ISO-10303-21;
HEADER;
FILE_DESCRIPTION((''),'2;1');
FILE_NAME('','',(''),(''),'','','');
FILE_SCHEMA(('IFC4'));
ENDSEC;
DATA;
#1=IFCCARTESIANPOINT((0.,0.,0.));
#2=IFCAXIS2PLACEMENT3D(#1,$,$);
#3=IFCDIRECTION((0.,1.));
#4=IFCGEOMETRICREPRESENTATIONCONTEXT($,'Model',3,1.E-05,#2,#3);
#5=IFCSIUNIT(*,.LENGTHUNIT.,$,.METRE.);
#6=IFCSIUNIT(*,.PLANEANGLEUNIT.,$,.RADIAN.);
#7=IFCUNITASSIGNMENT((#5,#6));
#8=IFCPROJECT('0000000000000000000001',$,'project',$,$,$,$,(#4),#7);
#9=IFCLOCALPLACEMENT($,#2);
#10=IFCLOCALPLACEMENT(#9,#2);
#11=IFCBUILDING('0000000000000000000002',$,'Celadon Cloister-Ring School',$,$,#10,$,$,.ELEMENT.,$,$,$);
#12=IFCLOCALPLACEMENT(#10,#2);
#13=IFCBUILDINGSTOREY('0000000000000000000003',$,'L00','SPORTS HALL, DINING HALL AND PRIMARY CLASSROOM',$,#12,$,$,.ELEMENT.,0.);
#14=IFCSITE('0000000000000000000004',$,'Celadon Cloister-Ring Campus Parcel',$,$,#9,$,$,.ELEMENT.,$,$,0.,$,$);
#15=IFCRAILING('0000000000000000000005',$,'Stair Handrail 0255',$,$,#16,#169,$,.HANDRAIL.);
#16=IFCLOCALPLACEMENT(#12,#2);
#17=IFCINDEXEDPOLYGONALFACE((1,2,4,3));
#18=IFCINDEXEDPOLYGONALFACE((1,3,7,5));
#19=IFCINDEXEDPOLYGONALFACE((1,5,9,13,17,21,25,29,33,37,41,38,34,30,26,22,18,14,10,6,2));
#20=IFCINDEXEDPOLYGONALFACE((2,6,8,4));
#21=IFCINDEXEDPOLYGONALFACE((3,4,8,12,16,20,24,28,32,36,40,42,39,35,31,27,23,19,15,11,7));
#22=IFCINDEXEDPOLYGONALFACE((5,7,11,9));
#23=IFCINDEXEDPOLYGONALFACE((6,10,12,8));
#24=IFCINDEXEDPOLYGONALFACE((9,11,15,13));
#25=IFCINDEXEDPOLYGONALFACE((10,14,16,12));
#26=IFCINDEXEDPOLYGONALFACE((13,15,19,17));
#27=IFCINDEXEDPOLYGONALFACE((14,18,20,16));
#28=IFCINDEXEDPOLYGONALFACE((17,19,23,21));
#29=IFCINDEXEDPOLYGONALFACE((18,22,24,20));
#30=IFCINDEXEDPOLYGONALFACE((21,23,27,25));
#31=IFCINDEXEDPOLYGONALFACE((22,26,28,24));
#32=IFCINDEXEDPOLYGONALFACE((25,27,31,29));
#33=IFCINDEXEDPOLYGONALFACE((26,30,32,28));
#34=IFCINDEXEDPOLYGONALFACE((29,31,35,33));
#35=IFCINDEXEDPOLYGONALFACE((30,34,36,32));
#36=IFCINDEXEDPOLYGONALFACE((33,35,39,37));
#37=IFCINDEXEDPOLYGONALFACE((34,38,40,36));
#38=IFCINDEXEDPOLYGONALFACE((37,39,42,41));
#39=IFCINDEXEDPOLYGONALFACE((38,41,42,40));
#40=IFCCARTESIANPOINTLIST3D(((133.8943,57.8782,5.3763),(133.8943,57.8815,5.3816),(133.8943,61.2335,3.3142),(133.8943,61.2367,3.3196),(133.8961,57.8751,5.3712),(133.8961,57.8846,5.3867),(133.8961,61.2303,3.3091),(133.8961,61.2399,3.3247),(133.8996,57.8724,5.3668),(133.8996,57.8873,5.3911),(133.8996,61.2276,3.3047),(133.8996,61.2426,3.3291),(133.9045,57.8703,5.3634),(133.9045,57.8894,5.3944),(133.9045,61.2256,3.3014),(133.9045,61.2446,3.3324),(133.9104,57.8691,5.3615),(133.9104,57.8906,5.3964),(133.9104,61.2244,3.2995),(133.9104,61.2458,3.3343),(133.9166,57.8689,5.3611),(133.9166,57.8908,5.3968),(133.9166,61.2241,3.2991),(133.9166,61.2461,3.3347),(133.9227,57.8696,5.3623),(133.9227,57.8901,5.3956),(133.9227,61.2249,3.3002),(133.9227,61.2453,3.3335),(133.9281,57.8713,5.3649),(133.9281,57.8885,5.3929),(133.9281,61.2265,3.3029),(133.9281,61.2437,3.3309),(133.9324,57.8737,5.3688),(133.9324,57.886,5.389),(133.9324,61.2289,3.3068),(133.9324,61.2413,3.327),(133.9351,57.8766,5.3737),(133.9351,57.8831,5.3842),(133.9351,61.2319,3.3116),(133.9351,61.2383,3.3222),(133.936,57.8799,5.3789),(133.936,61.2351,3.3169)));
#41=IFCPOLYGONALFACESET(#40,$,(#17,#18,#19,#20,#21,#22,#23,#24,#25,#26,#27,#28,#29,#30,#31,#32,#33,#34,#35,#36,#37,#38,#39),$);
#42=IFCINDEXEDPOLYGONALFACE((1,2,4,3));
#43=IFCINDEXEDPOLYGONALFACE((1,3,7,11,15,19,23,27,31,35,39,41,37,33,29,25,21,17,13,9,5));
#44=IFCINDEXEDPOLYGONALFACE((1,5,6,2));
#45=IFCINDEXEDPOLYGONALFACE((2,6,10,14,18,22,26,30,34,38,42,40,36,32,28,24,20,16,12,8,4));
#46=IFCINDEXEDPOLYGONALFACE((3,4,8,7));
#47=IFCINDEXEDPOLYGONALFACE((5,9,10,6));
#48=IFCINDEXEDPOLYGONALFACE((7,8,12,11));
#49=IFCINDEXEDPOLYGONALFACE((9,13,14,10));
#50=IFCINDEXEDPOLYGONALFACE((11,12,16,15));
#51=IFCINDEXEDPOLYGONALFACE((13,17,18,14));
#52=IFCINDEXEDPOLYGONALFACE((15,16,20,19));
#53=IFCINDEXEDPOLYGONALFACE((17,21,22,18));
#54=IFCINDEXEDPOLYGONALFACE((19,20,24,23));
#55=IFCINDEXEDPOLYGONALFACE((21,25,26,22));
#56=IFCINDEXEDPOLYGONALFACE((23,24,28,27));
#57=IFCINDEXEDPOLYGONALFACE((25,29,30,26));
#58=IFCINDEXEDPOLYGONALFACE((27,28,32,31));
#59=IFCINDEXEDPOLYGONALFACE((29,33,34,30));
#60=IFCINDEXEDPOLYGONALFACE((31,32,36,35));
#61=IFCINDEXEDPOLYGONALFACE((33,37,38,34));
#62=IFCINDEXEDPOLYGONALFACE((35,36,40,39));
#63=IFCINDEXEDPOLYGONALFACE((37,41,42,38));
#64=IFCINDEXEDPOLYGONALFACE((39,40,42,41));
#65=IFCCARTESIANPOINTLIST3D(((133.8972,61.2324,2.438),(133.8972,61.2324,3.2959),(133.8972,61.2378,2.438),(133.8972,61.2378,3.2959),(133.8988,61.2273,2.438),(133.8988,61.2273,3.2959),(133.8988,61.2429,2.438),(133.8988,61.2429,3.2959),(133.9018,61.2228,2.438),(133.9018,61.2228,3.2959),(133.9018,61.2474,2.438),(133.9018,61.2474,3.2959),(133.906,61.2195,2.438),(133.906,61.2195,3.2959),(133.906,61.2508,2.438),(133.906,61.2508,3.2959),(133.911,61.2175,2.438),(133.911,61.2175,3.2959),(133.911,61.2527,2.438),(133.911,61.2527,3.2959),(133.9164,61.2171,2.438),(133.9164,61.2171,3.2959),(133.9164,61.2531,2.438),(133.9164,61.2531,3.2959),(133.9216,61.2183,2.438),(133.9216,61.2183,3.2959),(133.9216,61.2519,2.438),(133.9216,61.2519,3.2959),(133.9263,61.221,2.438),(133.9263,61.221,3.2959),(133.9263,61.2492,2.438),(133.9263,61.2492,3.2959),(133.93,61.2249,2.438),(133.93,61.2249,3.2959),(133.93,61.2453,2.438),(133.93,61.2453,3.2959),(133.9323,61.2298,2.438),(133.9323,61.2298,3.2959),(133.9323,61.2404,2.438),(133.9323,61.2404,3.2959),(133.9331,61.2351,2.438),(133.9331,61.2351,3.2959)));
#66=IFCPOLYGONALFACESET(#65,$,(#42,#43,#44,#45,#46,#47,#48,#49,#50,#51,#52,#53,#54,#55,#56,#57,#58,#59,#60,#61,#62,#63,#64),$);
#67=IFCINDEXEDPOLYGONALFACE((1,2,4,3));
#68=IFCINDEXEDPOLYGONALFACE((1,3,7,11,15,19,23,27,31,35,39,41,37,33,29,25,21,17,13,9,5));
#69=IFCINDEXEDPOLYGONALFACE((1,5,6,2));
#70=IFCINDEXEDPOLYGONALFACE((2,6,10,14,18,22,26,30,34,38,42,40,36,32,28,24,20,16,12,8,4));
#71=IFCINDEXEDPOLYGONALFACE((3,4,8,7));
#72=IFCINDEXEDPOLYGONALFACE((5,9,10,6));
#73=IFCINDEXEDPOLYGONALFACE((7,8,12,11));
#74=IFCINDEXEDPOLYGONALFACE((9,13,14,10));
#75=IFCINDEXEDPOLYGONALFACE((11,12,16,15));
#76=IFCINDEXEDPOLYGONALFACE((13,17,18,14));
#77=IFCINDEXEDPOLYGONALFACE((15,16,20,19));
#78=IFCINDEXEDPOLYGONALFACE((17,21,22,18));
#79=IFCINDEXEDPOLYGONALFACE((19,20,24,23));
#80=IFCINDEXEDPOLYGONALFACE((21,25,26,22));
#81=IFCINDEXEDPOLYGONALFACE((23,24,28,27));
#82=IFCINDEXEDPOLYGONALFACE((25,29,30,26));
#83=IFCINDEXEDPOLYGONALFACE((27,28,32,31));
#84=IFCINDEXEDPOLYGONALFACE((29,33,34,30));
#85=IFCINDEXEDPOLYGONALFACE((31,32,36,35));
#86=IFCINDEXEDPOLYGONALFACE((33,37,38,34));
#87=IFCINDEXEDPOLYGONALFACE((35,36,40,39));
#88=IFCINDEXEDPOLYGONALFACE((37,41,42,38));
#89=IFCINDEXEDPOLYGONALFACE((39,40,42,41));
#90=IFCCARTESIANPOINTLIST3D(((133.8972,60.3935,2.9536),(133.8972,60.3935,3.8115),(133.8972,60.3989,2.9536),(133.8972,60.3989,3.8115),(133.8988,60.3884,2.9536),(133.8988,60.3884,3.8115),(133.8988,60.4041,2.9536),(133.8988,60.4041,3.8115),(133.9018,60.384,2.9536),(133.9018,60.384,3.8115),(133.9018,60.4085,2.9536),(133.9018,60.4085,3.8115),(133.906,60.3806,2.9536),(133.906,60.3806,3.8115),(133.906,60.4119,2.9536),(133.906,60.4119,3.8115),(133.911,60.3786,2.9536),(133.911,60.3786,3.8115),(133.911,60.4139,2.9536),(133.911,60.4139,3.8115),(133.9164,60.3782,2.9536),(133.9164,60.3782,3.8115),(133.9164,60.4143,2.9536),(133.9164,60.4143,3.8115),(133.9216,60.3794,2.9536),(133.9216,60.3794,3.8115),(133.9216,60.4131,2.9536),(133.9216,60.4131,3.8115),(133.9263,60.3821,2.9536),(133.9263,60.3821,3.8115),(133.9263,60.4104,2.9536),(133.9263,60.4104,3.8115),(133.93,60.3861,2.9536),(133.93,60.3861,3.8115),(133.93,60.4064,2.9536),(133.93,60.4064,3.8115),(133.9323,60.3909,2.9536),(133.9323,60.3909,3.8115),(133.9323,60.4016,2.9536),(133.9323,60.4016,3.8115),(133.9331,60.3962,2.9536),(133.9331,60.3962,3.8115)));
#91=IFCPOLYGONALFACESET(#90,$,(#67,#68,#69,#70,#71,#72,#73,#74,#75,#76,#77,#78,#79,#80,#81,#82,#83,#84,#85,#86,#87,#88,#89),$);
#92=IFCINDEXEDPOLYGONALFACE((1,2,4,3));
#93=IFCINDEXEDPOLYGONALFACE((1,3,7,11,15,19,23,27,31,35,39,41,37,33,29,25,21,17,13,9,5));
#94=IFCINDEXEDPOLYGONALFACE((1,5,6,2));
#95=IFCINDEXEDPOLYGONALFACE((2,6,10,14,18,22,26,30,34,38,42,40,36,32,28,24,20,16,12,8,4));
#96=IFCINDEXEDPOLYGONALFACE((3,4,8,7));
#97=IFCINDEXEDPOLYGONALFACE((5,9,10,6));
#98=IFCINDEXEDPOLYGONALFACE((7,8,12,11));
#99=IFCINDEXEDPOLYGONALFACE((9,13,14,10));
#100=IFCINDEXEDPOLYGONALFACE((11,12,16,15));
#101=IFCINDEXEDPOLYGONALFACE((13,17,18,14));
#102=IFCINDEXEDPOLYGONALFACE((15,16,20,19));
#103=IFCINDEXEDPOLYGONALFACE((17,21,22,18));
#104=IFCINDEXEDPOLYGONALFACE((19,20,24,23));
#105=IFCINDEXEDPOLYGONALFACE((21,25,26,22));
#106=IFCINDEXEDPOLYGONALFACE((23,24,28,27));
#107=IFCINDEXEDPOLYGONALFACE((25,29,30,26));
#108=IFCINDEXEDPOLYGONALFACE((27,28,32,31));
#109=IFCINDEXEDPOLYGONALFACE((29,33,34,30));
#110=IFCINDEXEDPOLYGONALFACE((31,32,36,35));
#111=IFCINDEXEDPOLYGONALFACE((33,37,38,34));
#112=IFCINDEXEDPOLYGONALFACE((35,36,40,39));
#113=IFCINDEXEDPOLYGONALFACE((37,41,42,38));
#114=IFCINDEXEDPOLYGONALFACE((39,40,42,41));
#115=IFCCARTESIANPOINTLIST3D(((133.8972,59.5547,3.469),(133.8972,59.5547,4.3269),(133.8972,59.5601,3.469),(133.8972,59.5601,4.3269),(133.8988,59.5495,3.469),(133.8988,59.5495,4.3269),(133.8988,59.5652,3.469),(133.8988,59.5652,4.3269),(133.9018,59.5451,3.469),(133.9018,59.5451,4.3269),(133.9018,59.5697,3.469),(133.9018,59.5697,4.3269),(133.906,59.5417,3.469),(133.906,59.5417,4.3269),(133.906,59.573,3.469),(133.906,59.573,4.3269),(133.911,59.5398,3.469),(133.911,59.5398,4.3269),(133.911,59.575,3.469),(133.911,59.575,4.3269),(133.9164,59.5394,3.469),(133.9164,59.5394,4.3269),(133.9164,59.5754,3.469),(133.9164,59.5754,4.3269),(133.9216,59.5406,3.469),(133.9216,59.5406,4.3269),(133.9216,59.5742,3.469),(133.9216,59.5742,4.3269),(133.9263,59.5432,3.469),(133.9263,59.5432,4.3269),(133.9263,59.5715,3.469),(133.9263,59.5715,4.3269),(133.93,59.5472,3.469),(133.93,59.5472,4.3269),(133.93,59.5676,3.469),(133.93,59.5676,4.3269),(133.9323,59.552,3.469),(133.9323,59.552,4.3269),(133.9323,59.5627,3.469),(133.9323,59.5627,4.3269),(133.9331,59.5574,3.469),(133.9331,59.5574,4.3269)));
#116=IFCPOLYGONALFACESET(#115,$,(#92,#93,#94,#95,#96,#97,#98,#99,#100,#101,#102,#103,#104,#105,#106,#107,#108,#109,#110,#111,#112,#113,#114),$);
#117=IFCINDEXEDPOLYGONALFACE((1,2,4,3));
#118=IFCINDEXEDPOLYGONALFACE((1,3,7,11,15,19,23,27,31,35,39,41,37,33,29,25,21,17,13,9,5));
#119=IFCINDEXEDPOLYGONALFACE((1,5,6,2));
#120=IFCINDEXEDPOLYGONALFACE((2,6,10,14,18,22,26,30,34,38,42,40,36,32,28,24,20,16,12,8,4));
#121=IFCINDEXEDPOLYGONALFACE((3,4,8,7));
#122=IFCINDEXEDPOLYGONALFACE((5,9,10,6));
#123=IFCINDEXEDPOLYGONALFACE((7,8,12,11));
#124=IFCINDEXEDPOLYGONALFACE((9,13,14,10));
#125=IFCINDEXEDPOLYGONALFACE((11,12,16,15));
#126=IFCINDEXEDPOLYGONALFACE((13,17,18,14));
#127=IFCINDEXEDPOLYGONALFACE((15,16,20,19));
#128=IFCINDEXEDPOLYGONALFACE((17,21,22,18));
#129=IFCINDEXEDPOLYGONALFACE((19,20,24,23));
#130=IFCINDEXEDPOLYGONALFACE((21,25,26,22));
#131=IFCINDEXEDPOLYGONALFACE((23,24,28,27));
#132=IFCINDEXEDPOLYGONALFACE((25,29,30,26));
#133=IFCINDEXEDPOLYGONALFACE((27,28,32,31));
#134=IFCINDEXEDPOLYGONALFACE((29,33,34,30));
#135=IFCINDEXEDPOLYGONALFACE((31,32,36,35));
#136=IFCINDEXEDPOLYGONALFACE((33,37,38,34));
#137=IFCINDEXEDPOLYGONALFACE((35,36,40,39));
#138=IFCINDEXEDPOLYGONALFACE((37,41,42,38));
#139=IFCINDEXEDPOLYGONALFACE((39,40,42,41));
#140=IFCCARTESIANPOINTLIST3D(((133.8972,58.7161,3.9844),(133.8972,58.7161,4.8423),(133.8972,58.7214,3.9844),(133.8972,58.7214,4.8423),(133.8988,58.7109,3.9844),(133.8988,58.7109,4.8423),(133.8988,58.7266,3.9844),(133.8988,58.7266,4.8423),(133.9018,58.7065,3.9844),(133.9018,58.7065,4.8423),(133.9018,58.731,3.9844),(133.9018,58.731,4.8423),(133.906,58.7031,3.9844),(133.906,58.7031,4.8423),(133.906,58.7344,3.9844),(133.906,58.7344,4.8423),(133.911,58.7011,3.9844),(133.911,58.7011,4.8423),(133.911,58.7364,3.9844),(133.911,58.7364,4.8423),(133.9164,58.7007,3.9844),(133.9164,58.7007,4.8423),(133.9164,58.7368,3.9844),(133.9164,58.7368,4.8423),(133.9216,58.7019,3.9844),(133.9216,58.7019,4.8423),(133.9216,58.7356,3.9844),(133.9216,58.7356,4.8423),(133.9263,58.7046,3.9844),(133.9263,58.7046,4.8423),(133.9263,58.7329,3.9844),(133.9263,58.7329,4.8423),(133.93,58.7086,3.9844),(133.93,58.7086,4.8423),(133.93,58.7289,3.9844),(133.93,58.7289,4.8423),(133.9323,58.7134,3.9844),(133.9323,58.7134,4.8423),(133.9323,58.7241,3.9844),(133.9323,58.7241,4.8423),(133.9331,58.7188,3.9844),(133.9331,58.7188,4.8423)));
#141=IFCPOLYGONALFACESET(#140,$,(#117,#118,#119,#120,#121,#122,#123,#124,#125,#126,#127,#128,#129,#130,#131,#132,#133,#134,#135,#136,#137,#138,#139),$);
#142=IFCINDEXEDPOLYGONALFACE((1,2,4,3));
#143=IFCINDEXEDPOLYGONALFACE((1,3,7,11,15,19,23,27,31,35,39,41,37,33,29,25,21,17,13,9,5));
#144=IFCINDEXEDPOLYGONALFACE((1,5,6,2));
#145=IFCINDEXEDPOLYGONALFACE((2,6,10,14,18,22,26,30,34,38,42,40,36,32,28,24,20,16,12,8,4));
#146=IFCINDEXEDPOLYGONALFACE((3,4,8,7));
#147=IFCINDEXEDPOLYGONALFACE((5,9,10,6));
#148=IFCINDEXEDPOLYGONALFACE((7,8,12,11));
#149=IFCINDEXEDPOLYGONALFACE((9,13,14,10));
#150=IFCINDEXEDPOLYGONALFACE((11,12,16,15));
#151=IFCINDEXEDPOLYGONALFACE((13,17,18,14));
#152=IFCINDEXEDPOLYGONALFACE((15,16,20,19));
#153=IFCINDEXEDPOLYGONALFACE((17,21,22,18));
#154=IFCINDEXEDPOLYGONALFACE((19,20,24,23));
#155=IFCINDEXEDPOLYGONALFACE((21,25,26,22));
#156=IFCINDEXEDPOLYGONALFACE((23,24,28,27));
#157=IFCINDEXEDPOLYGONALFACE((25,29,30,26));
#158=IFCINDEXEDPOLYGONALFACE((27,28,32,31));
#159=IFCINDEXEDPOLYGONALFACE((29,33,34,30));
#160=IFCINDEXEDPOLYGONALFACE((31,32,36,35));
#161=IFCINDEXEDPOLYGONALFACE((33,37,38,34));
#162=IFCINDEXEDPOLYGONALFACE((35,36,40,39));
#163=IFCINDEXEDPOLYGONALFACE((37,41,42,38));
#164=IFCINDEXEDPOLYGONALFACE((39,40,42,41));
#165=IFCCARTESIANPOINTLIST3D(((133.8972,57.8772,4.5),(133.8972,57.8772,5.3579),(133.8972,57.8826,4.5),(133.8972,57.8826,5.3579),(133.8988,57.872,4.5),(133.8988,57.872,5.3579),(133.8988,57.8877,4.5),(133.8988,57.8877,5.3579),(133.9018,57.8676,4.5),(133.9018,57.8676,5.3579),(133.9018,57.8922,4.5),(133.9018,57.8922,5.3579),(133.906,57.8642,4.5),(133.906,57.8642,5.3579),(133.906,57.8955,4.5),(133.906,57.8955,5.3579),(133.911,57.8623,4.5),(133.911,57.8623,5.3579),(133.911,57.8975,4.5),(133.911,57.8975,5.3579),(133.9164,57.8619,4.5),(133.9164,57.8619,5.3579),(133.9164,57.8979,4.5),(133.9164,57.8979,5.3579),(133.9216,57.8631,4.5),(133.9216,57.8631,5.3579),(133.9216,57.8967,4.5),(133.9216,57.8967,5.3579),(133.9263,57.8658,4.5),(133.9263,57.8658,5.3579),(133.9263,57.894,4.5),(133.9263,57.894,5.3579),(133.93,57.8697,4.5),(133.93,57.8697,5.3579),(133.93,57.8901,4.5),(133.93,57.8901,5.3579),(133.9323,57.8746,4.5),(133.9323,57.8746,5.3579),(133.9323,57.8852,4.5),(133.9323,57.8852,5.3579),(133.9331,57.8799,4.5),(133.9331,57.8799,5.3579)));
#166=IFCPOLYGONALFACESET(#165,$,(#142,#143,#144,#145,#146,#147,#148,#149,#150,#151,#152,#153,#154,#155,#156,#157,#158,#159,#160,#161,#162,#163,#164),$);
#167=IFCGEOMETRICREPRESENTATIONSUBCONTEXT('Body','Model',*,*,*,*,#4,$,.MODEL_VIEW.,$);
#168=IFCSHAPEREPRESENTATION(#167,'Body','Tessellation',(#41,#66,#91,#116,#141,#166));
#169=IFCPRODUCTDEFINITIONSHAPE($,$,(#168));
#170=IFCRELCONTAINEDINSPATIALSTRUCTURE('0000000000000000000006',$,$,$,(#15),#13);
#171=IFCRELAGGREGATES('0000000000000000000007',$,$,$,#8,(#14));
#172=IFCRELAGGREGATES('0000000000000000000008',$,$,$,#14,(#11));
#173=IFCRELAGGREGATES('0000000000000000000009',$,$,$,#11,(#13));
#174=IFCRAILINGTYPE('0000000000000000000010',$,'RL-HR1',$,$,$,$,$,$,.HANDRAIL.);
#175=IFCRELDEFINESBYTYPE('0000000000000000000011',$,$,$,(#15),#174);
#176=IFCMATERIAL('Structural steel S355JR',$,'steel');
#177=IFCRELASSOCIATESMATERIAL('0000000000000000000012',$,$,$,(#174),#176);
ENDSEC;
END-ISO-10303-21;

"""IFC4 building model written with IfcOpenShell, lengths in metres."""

from ifc_helpers import new_model, si_unit, direction, frame, origin, origin_2d, place, context, subcontext, project, spatial, circle, extrude, material, type_object, element, save


model = new_model("IFC4")

# Units and contexts
model_context = context("Model", 3, precision=1e-05, world=origin(), true_north=direction((0.0, 1.0)))
body_context = subcontext(model_context, "Body", "Model", "MODEL_VIEW")
ifc_project = project(units=[si_unit("LENGTHUNIT", "METRE"), si_unit("PLANEANGLEUNIT", "RADIAN")], contexts=[model_context])

# Site, building, storey
site_placement = place(None, origin())
site = spatial("IfcSite", under=ifc_project, at=site_placement, Name="Celadon Cloister-Ring Campus Parcel", CompositionType="ELEMENT", RefElevation=0.0)
building_placement = place(site_placement, origin())
building = spatial("IfcBuilding", under=site, at=building_placement, Name="Celadon Cloister-Ring School", CompositionType="ELEMENT")
storey_placement = place(building_placement, origin())
storey = spatial("IfcBuildingStorey", under=building, at=storey_placement, Name="L00", Description="SPORTS HALL, DINING HALL AND PRIMARY CLASSROOM", CompositionType="ELEMENT", Elevation=0.0)

# Railing
ifc_material_1 = material(Name="Structural steel S355JR", Category="steel")
railing_type_1 = type_object("IfcRailingType", Name="RL-HR1", PredefinedType="HANDRAIL", material=ifc_material_1)
for number, where, name in (
    (1, (133.915, 61.2351, 2.438), "Stair Handrail 0255"),
):
    element("IfcRailing", number, at=place(storey_placement, frame(where)), inside=storey, type_object=railing_type_1, Name=name, PredefinedType="HANDRAIL", context=body_context, shape_type="SweptSolid", body=[
        extrude(circle(Radius=0.021, at=origin_2d()), frame((0.0, 0.0, 0.8789), z_axis=(0.0, -0.851969, 0.523592), x_axis=(1.0, 0.0, 0.0)), (0.0, 0.0, 1.0), 3.9382),
        extrude(circle(Radius=0.0181, at=origin_2d()), origin(), (0.0, 0.0, 1.0), 0.8579),
        extrude(circle(Radius=0.0181, at=origin_2d()), frame((0.0, -0.8389, 0.5156)), (0.0, 0.0, 1.0), 0.8579),
        extrude(circle(Radius=0.0181, at=origin_2d()), frame((0.0, -1.6777, 1.031)), (0.0, 0.0, 1.0), 0.8579),
        extrude(circle(Radius=0.0181, at=origin_2d()), frame((0.0, -2.5164, 1.5464)), (0.0, 0.0, 1.0), 0.8579),
        extrude(circle(Radius=0.0181, at=origin_2d()), frame((0.0, -3.3552, 2.062)), (0.0, 0.0, 1.0), 0.8579),
    ])

save(model, "model.ifc")
